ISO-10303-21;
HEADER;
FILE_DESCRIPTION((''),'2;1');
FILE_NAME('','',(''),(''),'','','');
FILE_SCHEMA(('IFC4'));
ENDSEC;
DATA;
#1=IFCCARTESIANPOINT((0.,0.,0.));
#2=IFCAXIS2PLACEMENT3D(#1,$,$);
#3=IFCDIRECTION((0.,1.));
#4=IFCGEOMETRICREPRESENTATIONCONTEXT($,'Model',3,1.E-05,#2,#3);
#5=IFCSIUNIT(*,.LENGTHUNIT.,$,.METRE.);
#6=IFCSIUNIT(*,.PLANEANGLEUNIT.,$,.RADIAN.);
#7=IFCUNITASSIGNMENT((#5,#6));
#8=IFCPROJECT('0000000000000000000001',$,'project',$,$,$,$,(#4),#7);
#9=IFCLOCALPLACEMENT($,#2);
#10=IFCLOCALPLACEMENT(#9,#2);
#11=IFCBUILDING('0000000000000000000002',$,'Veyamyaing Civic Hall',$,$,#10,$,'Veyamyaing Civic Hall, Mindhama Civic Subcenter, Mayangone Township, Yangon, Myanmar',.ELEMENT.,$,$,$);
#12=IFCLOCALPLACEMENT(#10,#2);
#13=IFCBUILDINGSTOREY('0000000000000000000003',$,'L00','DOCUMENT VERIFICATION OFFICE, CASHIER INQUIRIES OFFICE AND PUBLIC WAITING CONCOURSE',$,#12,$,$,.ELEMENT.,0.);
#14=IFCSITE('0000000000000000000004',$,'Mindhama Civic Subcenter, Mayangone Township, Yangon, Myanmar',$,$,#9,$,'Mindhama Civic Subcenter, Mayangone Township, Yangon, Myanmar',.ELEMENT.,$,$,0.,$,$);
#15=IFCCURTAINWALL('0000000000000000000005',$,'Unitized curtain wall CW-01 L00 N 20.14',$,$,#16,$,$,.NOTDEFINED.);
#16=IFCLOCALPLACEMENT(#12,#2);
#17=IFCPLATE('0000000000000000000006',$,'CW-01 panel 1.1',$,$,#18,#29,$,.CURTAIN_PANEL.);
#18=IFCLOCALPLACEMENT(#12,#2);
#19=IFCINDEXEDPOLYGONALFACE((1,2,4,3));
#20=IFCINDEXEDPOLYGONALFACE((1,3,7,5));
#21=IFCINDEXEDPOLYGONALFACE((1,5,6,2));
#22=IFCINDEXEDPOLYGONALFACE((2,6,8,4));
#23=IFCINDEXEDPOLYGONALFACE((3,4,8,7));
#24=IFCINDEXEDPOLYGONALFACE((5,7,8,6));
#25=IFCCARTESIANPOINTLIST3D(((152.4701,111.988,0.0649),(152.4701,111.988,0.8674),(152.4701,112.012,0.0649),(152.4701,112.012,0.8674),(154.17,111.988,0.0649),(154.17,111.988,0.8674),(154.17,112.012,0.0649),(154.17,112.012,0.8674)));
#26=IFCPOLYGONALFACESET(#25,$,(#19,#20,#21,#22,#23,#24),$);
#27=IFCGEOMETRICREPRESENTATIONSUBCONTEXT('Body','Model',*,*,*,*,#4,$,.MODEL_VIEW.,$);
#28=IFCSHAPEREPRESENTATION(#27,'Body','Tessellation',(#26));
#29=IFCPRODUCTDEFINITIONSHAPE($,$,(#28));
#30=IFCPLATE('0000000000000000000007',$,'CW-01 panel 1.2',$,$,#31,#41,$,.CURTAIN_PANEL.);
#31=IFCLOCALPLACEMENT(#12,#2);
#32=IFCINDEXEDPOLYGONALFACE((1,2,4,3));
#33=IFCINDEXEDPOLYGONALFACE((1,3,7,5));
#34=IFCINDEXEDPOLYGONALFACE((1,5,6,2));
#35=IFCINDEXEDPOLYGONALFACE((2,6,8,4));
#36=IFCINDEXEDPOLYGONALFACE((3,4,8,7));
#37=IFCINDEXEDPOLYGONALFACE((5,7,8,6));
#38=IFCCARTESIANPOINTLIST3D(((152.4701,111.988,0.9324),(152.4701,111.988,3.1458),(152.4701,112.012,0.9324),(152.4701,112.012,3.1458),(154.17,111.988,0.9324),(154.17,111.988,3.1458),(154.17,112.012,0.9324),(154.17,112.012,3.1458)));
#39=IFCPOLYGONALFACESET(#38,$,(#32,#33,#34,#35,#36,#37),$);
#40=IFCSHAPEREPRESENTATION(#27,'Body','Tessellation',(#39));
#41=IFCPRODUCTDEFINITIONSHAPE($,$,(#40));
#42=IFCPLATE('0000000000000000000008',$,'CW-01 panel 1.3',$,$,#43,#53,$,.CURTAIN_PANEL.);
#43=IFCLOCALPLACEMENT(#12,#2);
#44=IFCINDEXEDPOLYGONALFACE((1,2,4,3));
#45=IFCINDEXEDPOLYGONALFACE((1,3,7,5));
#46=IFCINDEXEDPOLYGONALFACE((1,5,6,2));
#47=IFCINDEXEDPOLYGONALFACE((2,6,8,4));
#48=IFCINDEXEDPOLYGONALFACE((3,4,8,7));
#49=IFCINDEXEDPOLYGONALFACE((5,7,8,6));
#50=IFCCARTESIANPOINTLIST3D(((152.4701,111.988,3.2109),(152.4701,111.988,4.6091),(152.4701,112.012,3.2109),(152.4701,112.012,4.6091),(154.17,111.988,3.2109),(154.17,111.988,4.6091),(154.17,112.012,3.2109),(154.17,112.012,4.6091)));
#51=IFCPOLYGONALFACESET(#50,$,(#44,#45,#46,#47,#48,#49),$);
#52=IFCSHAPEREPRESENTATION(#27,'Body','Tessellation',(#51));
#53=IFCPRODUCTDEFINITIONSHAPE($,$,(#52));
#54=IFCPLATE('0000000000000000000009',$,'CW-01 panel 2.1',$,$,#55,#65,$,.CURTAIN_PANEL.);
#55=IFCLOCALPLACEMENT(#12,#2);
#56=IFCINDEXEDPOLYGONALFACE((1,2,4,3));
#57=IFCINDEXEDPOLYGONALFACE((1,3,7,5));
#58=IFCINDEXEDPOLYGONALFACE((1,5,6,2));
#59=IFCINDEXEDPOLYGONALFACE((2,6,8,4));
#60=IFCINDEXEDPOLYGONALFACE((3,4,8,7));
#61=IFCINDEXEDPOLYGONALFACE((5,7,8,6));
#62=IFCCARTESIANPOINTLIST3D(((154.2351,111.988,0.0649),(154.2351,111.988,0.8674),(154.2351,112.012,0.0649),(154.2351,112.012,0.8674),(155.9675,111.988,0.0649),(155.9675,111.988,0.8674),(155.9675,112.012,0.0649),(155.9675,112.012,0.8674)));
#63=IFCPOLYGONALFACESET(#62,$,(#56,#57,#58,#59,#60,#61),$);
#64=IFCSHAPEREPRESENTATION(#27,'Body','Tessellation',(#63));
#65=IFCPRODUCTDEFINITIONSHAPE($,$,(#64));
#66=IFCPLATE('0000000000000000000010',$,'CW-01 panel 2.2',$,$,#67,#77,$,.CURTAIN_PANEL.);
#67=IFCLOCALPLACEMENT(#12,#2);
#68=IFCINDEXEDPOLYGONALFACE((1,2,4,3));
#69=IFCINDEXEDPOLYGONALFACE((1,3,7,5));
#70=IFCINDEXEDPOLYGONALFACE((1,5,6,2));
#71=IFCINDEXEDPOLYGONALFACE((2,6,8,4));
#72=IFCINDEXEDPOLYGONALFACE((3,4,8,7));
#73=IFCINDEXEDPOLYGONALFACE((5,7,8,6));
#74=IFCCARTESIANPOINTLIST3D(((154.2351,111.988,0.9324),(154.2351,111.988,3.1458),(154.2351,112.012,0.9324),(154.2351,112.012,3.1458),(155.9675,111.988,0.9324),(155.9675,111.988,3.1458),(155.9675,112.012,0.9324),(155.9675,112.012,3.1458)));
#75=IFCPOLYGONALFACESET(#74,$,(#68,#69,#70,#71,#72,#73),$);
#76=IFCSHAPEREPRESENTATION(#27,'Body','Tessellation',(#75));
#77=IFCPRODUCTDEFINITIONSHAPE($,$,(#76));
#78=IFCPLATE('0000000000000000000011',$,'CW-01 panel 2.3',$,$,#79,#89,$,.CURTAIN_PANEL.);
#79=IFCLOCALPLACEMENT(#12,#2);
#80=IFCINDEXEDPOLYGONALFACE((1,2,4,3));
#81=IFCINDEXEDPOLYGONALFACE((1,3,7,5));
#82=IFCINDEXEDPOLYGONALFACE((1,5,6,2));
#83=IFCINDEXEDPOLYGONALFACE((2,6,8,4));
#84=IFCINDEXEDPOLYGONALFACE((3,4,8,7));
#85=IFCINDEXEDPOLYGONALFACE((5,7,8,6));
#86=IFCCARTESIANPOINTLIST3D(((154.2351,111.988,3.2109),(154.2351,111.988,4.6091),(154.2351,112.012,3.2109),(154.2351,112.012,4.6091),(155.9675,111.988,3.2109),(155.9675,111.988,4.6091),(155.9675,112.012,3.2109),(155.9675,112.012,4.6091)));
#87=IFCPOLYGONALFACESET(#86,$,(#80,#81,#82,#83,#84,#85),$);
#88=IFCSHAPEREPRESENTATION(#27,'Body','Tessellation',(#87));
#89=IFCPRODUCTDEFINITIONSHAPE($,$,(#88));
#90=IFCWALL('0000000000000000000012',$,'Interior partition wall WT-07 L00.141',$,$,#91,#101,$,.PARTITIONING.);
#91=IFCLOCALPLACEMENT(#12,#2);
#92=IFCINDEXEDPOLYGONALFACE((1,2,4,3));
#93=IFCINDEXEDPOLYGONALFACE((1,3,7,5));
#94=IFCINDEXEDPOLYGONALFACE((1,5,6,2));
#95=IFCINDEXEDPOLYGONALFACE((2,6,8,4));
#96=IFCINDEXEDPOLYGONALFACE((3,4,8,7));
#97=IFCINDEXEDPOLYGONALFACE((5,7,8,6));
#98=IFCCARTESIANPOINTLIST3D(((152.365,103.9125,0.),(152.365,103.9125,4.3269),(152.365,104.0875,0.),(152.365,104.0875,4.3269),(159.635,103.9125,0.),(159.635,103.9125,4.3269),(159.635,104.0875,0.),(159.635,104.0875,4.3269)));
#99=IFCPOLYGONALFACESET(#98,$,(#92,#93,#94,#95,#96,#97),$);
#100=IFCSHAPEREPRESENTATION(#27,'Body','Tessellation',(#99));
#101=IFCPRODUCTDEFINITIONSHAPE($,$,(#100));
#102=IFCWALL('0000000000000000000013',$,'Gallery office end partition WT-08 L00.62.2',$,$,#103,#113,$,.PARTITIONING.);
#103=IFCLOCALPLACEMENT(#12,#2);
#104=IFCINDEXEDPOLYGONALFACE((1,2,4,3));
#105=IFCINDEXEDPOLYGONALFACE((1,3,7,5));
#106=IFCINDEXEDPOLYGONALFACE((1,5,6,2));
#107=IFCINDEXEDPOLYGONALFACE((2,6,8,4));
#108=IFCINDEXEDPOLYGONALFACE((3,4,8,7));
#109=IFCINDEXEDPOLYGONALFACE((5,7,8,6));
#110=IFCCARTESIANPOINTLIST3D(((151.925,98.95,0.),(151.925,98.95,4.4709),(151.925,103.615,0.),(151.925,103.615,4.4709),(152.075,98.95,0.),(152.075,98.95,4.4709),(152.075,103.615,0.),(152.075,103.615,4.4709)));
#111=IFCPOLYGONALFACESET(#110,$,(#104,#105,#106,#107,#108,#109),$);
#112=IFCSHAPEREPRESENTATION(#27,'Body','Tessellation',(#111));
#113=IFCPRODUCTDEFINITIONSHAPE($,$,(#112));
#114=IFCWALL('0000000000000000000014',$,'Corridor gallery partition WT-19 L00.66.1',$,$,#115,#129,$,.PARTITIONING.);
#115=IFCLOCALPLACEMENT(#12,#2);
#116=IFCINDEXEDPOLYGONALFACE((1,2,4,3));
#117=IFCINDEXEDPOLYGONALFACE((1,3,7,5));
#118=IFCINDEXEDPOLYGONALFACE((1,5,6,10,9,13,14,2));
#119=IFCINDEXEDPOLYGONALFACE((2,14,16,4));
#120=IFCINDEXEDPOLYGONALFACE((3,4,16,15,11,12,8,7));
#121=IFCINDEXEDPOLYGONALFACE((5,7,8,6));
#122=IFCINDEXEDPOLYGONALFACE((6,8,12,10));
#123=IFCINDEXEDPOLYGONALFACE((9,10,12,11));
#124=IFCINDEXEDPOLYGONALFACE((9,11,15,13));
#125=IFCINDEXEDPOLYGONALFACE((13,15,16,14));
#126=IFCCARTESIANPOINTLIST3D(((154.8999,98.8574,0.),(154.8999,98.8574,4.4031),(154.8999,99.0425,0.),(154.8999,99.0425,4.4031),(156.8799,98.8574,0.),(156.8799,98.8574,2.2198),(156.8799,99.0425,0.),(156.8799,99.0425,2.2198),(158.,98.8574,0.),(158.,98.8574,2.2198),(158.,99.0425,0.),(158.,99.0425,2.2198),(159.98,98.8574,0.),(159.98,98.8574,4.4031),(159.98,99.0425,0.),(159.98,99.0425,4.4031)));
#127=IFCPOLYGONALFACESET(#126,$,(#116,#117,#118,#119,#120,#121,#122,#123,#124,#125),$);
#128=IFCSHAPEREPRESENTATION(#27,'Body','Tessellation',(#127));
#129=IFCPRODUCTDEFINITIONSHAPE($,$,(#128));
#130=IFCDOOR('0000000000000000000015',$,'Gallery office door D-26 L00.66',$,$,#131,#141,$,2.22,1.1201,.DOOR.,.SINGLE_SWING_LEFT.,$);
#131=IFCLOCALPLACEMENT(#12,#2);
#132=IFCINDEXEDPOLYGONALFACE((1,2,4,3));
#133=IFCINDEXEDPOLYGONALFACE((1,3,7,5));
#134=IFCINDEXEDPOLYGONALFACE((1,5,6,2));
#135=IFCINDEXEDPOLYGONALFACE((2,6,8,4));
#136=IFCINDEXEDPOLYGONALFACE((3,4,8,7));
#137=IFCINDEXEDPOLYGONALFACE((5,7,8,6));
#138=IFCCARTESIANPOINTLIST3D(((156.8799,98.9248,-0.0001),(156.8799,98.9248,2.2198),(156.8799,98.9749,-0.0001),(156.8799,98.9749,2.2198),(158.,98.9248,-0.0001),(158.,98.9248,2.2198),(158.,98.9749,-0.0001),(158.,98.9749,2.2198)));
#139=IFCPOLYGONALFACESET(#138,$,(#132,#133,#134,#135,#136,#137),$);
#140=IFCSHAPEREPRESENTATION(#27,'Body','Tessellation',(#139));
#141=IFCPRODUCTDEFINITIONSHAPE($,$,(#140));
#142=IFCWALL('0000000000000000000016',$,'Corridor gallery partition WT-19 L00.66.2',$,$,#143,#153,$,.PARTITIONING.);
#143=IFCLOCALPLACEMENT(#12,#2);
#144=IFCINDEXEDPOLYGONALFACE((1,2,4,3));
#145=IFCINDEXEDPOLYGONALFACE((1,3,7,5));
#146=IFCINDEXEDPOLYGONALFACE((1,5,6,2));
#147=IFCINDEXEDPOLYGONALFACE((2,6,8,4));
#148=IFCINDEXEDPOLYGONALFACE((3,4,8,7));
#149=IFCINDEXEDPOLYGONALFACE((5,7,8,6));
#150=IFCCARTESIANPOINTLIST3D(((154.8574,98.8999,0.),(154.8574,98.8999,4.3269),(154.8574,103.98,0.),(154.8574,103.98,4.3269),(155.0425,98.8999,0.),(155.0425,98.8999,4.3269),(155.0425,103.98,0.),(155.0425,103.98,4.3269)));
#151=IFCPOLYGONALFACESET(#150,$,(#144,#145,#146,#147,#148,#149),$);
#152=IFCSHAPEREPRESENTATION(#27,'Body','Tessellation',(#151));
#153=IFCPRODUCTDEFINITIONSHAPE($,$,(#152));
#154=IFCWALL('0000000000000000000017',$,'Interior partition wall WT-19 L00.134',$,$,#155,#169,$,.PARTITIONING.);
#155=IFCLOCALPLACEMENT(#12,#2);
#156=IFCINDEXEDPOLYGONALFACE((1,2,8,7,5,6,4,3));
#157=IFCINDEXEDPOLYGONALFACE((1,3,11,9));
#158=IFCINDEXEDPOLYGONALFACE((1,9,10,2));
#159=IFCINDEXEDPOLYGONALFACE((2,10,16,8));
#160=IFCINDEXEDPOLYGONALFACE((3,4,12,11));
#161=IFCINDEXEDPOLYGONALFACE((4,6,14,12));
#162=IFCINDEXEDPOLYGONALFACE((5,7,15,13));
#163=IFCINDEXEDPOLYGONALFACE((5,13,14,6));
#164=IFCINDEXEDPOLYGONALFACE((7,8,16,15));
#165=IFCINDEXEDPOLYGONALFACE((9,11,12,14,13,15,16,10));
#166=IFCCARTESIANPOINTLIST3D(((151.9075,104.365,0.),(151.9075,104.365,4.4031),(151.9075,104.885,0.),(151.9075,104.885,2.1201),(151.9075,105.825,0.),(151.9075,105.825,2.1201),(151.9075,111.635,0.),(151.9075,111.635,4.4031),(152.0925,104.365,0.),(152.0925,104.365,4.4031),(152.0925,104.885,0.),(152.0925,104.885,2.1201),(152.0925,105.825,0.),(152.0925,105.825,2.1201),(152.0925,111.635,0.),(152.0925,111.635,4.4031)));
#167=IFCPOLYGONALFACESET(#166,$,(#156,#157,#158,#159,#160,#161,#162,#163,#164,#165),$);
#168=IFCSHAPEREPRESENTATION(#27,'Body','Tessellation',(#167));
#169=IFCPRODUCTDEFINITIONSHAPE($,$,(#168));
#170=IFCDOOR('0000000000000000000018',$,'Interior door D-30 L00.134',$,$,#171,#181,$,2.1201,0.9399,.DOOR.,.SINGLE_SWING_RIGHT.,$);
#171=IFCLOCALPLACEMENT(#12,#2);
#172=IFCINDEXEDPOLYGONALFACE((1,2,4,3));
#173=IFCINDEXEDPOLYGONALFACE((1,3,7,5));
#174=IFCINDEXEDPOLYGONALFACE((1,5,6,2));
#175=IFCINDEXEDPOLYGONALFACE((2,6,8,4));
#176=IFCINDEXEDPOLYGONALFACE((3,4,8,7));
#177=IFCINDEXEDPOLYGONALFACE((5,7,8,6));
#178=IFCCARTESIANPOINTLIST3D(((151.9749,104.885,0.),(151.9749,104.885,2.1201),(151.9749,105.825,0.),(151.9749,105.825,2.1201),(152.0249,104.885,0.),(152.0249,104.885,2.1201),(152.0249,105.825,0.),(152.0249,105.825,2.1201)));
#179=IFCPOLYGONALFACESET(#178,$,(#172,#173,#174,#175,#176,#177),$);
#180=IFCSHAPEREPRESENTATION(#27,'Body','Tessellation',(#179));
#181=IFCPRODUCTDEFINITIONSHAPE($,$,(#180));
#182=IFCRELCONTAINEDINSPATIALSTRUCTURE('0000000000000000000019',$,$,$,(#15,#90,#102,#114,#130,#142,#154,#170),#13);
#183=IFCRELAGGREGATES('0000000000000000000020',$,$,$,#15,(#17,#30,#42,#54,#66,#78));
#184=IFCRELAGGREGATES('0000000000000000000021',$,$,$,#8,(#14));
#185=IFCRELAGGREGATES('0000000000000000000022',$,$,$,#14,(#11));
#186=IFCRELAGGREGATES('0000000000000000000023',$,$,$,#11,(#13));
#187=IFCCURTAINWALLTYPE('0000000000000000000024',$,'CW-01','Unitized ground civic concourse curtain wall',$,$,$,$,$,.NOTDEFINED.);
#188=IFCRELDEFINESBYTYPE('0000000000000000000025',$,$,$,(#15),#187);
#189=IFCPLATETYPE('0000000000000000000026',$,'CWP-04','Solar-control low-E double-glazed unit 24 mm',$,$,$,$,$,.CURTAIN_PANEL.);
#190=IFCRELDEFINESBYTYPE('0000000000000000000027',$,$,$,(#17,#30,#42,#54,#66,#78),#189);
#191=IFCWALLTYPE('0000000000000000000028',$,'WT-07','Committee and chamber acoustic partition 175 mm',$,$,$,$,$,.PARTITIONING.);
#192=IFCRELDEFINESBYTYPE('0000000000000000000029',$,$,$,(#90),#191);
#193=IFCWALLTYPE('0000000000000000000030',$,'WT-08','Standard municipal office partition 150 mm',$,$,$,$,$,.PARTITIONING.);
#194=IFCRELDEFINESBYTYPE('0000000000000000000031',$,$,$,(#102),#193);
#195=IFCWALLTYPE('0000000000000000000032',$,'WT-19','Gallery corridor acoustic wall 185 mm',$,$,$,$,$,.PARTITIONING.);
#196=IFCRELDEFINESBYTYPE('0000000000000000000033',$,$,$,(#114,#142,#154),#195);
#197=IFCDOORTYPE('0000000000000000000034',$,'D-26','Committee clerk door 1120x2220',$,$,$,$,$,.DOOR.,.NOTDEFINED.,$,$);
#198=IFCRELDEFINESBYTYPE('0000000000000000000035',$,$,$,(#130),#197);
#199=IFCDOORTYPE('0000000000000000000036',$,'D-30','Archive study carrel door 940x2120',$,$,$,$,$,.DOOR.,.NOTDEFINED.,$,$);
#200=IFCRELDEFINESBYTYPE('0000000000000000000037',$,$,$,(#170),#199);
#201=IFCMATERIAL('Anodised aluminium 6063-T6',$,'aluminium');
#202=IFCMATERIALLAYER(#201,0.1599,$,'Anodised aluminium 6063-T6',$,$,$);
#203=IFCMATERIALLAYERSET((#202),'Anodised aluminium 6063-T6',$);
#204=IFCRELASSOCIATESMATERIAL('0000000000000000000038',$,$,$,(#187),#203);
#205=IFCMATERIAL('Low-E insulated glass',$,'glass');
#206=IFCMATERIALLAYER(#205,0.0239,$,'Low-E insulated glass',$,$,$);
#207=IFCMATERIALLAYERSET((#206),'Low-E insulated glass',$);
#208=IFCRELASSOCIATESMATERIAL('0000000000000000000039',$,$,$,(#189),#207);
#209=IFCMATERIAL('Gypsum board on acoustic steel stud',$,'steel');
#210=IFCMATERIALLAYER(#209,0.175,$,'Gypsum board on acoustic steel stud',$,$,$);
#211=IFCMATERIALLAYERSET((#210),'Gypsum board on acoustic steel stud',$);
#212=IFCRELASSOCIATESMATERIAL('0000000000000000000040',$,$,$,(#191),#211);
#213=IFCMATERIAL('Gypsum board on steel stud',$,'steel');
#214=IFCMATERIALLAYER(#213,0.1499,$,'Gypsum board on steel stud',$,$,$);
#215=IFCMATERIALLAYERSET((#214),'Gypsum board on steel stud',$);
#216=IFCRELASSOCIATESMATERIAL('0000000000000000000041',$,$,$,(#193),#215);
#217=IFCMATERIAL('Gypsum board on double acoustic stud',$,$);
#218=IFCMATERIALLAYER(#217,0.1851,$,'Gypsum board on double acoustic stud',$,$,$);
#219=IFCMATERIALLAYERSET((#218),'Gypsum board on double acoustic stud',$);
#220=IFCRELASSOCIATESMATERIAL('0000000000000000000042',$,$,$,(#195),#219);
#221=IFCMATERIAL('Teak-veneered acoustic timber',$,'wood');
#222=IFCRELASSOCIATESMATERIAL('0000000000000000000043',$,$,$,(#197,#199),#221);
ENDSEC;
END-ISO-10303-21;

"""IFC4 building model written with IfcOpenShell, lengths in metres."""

from ifc_helpers import new_model, si_unit, direction, frame, frame_2d, origin, origin_2d, place, context, subcontext, project, spatial, rectangle, extrude, material, layer, layer_set, type_object, element, fill, aggregate, save


model = new_model("IFC4")

# Units and contexts
model_context = context("Model", 3, precision=1e-05, world=origin(), true_north=direction((0.0, 1.0)))
body_context = subcontext(model_context, "Body", "Model", "MODEL_VIEW")
ifc_project = project(units=[si_unit("LENGTHUNIT", "METRE"), si_unit("PLANEANGLEUNIT", "RADIAN")], contexts=[model_context])

# Site, building, storey
site_placement = place(None, origin())
site = spatial("IfcSite", under=ifc_project, at=site_placement, Name="Mindhama Civic Subcenter, Mayangone Township, Yangon, Myanmar", LongName="Mindhama Civic Subcenter, Mayangone Township, Yangon, Myanmar", CompositionType="ELEMENT", RefElevation=0.0)
building_placement = place(site_placement, origin())
building = spatial("IfcBuilding", under=site, at=building_placement, Name="Veyamyaing Civic Hall", LongName="Veyamyaing Civic Hall, Mindhama Civic Subcenter, Mayangone Township, Yangon, Myanmar", CompositionType="ELEMENT")
storey_placement = place(building_placement, origin())
storey = spatial("IfcBuildingStorey", under=building, at=storey_placement, Name="L00", Description="DOCUMENT VERIFICATION OFFICE, CASHIER INQUIRIES OFFICE AND PUBLIC WAITING CONCOURSE", CompositionType="ELEMENT", Elevation=0.0)

# Curtain wall
ifc_material_1 = material(Name="Anodised aluminium 6063-T6", Category="aluminium")
ifc_layer_1 = layer(ifc_material_1, 0.1599, Name="Anodised aluminium 6063-T6")
ifc_layer_set_1 = layer_set([ifc_layer_1], Name="Anodised aluminium 6063-T6")
curtain_wall_type = type_object("IfcCurtainWallType", Name="CW-01", Description="Unitized ground civic concourse curtain wall", PredefinedType="NOTDEFINED", material=ifc_layer_set_1)
curtain_wall_placement = place(storey_placement, origin())
curtain_wall = element("IfcCurtainWall", 1, at=curtain_wall_placement, inside=storey, type_object=curtain_wall_type, Name="Unitized curtain wall CW-01 L00 N 20.14", PredefinedType="NOTDEFINED")

# Plates
ifc_material_2 = material(Name="Low-E insulated glass", Category="glass")
ifc_layer_2 = layer(ifc_material_2, 0.0239, Name="Low-E insulated glass")
ifc_layer_set_2 = layer_set([ifc_layer_2], Name="Low-E insulated glass")
plate_type = type_object("IfcPlateType", Name="CWP-04", Description="Solar-control low-E double-glazed unit 24 mm", PredefinedType="CURTAIN_PANEL", material=ifc_layer_set_2)
plate_1_placement = place(storey_placement, frame((153.3201, 112.0, 0.0649), z_axis=(0.0, 0.0, 1.0), x_axis=(1.0, 0.0, 0.0)))
plate_1 = element("IfcPlate", 2, at=plate_1_placement, type_object=plate_type, Name="CW-01 panel 1.1", PredefinedType="CURTAIN_PANEL", context=body_context, shape_type="SweptSolid", body=[
    extrude(rectangle(XDim=1.7, YDim=0.0239, at=origin_2d()), origin(), (0.0, 0.0, 1.0), 0.8025),
])
plate_2_placement = place(storey_placement, frame((153.3201, 112.0, 0.9324), z_axis=(0.0, 0.0, 1.0), x_axis=(1.0, 0.0, 0.0)))
plate_2 = element("IfcPlate", 3, at=plate_2_placement, type_object=plate_type, Name="CW-01 panel 1.2", PredefinedType="CURTAIN_PANEL", context=body_context, shape_type="SweptSolid", body=[
    extrude(rectangle(XDim=1.7, YDim=0.0239, at=origin_2d()), origin(), (0.0, 0.0, 1.0), 2.2134),
])
plate_3_placement = place(storey_placement, frame((153.3201, 112.0, 3.2109), z_axis=(0.0, 0.0, 1.0), x_axis=(1.0, 0.0, 0.0)))
plate_3 = element("IfcPlate", 4, at=plate_3_placement, type_object=plate_type, Name="CW-01 panel 1.3", PredefinedType="CURTAIN_PANEL", context=body_context, shape_type="SweptSolid", body=[
    extrude(rectangle(XDim=1.7, YDim=0.0239, at=origin_2d()), origin(), (0.0, 0.0, 1.0), 1.3982),
])
plate_4_placement = place(storey_placement, frame((155.1013, 112.0, 0.0649), z_axis=(0.0, 0.0, 1.0), x_axis=(1.0, 0.0, 0.0)))
plate_4 = element("IfcPlate", 5, at=plate_4_placement, type_object=plate_type, Name="CW-01 panel 2.1", PredefinedType="CURTAIN_PANEL", context=body_context, shape_type="SweptSolid", body=[
    extrude(rectangle(XDim=1.7324, YDim=0.0239, at=origin_2d()), origin(), (0.0, 0.0, 1.0), 0.8025),
])
plate_5_placement = place(storey_placement, frame((155.1013, 112.0, 0.9324), z_axis=(0.0, 0.0, 1.0), x_axis=(1.0, 0.0, 0.0)))
plate_5 = element("IfcPlate", 6, at=plate_5_placement, type_object=plate_type, Name="CW-01 panel 2.2", PredefinedType="CURTAIN_PANEL", context=body_context, shape_type="SweptSolid", body=[
    extrude(rectangle(XDim=1.7324, YDim=0.0239, at=origin_2d()), origin(), (0.0, 0.0, 1.0), 2.2134),
])
plate_6_placement = place(storey_placement, frame((155.1013, 112.0, 3.2109), z_axis=(0.0, 0.0, 1.0), x_axis=(1.0, 0.0, 0.0)))
plate_6 = element("IfcPlate", 7, at=plate_6_placement, type_object=plate_type, Name="CW-01 panel 2.3", PredefinedType="CURTAIN_PANEL", context=body_context, shape_type="SweptSolid", body=[
    extrude(rectangle(XDim=1.7324, YDim=0.0239, at=origin_2d()), origin(), (0.0, 0.0, 1.0), 1.3982),
])
aggregate(curtain_wall, [plate_1, plate_2, plate_3, plate_4, plate_5, plate_6])

# Walls
ifc_material_3 = material(Name="Gypsum board on acoustic steel stud", Category="steel")
ifc_layer_3 = layer(ifc_material_3, 0.175, Name="Gypsum board on acoustic steel stud")
ifc_layer_set_3 = layer_set([ifc_layer_3], Name="Gypsum board on acoustic steel stud")
wall_type_1 = type_object("IfcWallType", Name="WT-07", Description="Committee and chamber acoustic partition 175 mm", PredefinedType="PARTITIONING", material=ifc_layer_set_3)
wall_1_placement = place(storey_placement, frame((152.365, 104.0, 0.0), z_axis=(0.0, 0.0, 1.0), x_axis=(1.0, 0.0, 0.0)))
element("IfcWall", 8, at=wall_1_placement, inside=storey, type_object=wall_type_1, Name="Interior partition wall WT-07 L00.141", PredefinedType="PARTITIONING", context=body_context, shape_type="SweptSolid", body=[
    extrude(rectangle(XDim=7.27, YDim=0.175, at=frame_2d((3.635, 0.0))), origin(), (0.0, 0.0, 1.0), 4.3269),
])
ifc_material_4 = material(Name="Gypsum board on steel stud", Category="steel")
ifc_layer_4 = layer(ifc_material_4, 0.1499, Name="Gypsum board on steel stud")
ifc_layer_set_4 = layer_set([ifc_layer_4], Name="Gypsum board on steel stud")
wall_type_2 = type_object("IfcWallType", Name="WT-08", Description="Standard municipal office partition 150 mm", PredefinedType="PARTITIONING", material=ifc_layer_set_4)
wall_2_placement = place(storey_placement, frame((152.0, 98.95, 0.0), z_axis=(0.0, 0.0, 1.0), x_axis=(0.0, 1.0, 0.0)))
element("IfcWall", 9, at=wall_2_placement, inside=storey, type_object=wall_type_2, Name="Gallery office end partition WT-08 L00.62.2", PredefinedType="PARTITIONING", context=body_context, shape_type="SweptSolid", body=[
    extrude(rectangle(XDim=4.665, YDim=0.1499, at=frame_2d((2.3325, 0.0))), origin(), (0.0, 0.0, 1.0), 4.4709),
])

# Wall, opening, door
ifc_material_5 = material(Name="Gypsum board on double acoustic stud")
ifc_layer_5 = layer(ifc_material_5, 0.1851, Name="Gypsum board on double acoustic stud")
ifc_layer_set_5 = layer_set([ifc_layer_5], Name="Gypsum board on double acoustic stud")
wall_type_3 = type_object("IfcWallType", Name="WT-19", Description="Gallery corridor acoustic wall 185 mm", PredefinedType="PARTITIONING", material=ifc_layer_set_5)
wall_3_placement = place(storey_placement, frame((154.8999, 98.95, 0.0), z_axis=(0.0, 0.0, 1.0), x_axis=(1.0, 0.0, 0.0)))
wall_3 = element("IfcWall", 10, at=wall_3_placement, inside=storey, type_object=wall_type_3, Name="Corridor gallery partition WT-19 L00.66.1", PredefinedType="PARTITIONING", context=body_context, shape_type="SweptSolid", body=[
    extrude(rectangle(XDim=5.0801, YDim=0.1851, at=frame_2d((2.54, 0.0))), origin(), (0.0, 0.0, 1.0), 4.4031),
])
opening_1_placement = place(wall_3_placement, frame((1.98, 0.0, 0.0)))
opening_1 = element("IfcOpeningElement", 11, at=opening_1_placement, cuts=wall_3, PredefinedType="OPENING", context=body_context, shape_type="SweptSolid", body=[
    extrude(rectangle(XDim=1.1201, YDim=2.22, at=frame_2d((0.5601, 1.1099))), frame((0.0, 0.1025, 0.0), z_axis=(0.0, -1.0, 0.0), x_axis=(1.0, 0.0, 0.0)), (0.0, 0.0, 1.0), 0.2051),
])
ifc_material_6 = material(Name="Teak-veneered acoustic timber", Category="wood")
door_type_1 = type_object("IfcDoorType", Name="D-26", Description="Committee clerk door 1120x2220", OperationType="NOTDEFINED", PredefinedType="DOOR", material=ifc_material_6)
door_1_placement = place(opening_1_placement, origin())
door_1 = element("IfcDoor", 12, at=door_1_placement, inside=storey, type_object=door_type_1, Name="Gallery office door D-26 L00.66", OperationType="SINGLE_SWING_LEFT", OverallHeight=2.22, OverallWidth=1.1201, PredefinedType="DOOR", context=body_context, shape_type="SweptSolid", body=[
    extrude(rectangle(XDim=1.1201, YDim=2.22, at=frame_2d((0.5601, 1.1099))), frame((0.0, 0.0249, 0.0), z_axis=(0.0, -1.0, 0.0), x_axis=(1.0, 0.0, 0.0)), (0.0, 0.0, 1.0), 0.05),
])
fill(opening_1, door_1)

# Wall
wall_4_placement = place(storey_placement, frame((154.95, 98.8999, 0.0), z_axis=(0.0, 0.0, 1.0), x_axis=(0.0, 1.0, 0.0)))
element("IfcWall", 13, at=wall_4_placement, inside=storey, type_object=wall_type_3, Name="Corridor gallery partition WT-19 L00.66.2", PredefinedType="PARTITIONING", context=body_context, shape_type="SweptSolid", body=[
    extrude(rectangle(XDim=5.0801, YDim=0.1851, at=frame_2d((2.54, 0.0))), origin(), (0.0, 0.0, 1.0), 4.3269),
])

# Wall, opening, door
wall_5_placement = place(storey_placement, frame((152.0, 104.365, 0.0), z_axis=(0.0, 0.0, 1.0), x_axis=(0.0, 1.0, 0.0)))
wall_5 = element("IfcWall", 14, at=wall_5_placement, inside=storey, type_object=wall_type_3, Name="Interior partition wall WT-19 L00.134", PredefinedType="PARTITIONING", context=body_context, shape_type="SweptSolid", body=[
    extrude(rectangle(XDim=7.27, YDim=0.1851, at=frame_2d((3.635, 0.0))), origin(), (0.0, 0.0, 1.0), 4.4031),
])
opening_2_placement = place(wall_5_placement, frame((0.52, 0.0, 0.0)))
opening_2 = element("IfcOpeningElement", 15, at=opening_2_placement, cuts=wall_5, PredefinedType="OPENING", context=body_context, shape_type="SweptSolid", body=[
    extrude(rectangle(XDim=0.9399, YDim=2.1201, at=frame_2d((0.47, 1.0601))), frame((0.0, 0.1025, 0.0), z_axis=(0.0, -1.0, 0.0), x_axis=(1.0, 0.0, 0.0)), (0.0, 0.0, 1.0), 0.2051),
])
door_type_2 = type_object("IfcDoorType", Name="D-30", Description="Archive study carrel door 940x2120", OperationType="NOTDEFINED", PredefinedType="DOOR", material=ifc_material_6)
door_2_placement = place(opening_2_placement, frame((0.9399, 0.0, 0.0), z_axis=(0.0, 0.0, 1.0), x_axis=(-1.0, 0.0, 0.0)))
door_2 = element("IfcDoor", 16, at=door_2_placement, inside=storey, type_object=door_type_2, Name="Interior door D-30 L00.134", OperationType="SINGLE_SWING_RIGHT", OverallHeight=2.1201, OverallWidth=0.9399, PredefinedType="DOOR", context=body_context, shape_type="SweptSolid", body=[
    extrude(rectangle(XDim=0.9399, YDim=2.1201, at=frame_2d((0.47, 1.0601))), frame((0.0, 0.0249, 0.0), z_axis=(0.0, -1.0, 0.0), x_axis=(1.0, 0.0, 0.0)), (0.0, 0.0, 1.0), 0.05),
])
fill(opening_2, door_2)

save(model, "model.ifc")
